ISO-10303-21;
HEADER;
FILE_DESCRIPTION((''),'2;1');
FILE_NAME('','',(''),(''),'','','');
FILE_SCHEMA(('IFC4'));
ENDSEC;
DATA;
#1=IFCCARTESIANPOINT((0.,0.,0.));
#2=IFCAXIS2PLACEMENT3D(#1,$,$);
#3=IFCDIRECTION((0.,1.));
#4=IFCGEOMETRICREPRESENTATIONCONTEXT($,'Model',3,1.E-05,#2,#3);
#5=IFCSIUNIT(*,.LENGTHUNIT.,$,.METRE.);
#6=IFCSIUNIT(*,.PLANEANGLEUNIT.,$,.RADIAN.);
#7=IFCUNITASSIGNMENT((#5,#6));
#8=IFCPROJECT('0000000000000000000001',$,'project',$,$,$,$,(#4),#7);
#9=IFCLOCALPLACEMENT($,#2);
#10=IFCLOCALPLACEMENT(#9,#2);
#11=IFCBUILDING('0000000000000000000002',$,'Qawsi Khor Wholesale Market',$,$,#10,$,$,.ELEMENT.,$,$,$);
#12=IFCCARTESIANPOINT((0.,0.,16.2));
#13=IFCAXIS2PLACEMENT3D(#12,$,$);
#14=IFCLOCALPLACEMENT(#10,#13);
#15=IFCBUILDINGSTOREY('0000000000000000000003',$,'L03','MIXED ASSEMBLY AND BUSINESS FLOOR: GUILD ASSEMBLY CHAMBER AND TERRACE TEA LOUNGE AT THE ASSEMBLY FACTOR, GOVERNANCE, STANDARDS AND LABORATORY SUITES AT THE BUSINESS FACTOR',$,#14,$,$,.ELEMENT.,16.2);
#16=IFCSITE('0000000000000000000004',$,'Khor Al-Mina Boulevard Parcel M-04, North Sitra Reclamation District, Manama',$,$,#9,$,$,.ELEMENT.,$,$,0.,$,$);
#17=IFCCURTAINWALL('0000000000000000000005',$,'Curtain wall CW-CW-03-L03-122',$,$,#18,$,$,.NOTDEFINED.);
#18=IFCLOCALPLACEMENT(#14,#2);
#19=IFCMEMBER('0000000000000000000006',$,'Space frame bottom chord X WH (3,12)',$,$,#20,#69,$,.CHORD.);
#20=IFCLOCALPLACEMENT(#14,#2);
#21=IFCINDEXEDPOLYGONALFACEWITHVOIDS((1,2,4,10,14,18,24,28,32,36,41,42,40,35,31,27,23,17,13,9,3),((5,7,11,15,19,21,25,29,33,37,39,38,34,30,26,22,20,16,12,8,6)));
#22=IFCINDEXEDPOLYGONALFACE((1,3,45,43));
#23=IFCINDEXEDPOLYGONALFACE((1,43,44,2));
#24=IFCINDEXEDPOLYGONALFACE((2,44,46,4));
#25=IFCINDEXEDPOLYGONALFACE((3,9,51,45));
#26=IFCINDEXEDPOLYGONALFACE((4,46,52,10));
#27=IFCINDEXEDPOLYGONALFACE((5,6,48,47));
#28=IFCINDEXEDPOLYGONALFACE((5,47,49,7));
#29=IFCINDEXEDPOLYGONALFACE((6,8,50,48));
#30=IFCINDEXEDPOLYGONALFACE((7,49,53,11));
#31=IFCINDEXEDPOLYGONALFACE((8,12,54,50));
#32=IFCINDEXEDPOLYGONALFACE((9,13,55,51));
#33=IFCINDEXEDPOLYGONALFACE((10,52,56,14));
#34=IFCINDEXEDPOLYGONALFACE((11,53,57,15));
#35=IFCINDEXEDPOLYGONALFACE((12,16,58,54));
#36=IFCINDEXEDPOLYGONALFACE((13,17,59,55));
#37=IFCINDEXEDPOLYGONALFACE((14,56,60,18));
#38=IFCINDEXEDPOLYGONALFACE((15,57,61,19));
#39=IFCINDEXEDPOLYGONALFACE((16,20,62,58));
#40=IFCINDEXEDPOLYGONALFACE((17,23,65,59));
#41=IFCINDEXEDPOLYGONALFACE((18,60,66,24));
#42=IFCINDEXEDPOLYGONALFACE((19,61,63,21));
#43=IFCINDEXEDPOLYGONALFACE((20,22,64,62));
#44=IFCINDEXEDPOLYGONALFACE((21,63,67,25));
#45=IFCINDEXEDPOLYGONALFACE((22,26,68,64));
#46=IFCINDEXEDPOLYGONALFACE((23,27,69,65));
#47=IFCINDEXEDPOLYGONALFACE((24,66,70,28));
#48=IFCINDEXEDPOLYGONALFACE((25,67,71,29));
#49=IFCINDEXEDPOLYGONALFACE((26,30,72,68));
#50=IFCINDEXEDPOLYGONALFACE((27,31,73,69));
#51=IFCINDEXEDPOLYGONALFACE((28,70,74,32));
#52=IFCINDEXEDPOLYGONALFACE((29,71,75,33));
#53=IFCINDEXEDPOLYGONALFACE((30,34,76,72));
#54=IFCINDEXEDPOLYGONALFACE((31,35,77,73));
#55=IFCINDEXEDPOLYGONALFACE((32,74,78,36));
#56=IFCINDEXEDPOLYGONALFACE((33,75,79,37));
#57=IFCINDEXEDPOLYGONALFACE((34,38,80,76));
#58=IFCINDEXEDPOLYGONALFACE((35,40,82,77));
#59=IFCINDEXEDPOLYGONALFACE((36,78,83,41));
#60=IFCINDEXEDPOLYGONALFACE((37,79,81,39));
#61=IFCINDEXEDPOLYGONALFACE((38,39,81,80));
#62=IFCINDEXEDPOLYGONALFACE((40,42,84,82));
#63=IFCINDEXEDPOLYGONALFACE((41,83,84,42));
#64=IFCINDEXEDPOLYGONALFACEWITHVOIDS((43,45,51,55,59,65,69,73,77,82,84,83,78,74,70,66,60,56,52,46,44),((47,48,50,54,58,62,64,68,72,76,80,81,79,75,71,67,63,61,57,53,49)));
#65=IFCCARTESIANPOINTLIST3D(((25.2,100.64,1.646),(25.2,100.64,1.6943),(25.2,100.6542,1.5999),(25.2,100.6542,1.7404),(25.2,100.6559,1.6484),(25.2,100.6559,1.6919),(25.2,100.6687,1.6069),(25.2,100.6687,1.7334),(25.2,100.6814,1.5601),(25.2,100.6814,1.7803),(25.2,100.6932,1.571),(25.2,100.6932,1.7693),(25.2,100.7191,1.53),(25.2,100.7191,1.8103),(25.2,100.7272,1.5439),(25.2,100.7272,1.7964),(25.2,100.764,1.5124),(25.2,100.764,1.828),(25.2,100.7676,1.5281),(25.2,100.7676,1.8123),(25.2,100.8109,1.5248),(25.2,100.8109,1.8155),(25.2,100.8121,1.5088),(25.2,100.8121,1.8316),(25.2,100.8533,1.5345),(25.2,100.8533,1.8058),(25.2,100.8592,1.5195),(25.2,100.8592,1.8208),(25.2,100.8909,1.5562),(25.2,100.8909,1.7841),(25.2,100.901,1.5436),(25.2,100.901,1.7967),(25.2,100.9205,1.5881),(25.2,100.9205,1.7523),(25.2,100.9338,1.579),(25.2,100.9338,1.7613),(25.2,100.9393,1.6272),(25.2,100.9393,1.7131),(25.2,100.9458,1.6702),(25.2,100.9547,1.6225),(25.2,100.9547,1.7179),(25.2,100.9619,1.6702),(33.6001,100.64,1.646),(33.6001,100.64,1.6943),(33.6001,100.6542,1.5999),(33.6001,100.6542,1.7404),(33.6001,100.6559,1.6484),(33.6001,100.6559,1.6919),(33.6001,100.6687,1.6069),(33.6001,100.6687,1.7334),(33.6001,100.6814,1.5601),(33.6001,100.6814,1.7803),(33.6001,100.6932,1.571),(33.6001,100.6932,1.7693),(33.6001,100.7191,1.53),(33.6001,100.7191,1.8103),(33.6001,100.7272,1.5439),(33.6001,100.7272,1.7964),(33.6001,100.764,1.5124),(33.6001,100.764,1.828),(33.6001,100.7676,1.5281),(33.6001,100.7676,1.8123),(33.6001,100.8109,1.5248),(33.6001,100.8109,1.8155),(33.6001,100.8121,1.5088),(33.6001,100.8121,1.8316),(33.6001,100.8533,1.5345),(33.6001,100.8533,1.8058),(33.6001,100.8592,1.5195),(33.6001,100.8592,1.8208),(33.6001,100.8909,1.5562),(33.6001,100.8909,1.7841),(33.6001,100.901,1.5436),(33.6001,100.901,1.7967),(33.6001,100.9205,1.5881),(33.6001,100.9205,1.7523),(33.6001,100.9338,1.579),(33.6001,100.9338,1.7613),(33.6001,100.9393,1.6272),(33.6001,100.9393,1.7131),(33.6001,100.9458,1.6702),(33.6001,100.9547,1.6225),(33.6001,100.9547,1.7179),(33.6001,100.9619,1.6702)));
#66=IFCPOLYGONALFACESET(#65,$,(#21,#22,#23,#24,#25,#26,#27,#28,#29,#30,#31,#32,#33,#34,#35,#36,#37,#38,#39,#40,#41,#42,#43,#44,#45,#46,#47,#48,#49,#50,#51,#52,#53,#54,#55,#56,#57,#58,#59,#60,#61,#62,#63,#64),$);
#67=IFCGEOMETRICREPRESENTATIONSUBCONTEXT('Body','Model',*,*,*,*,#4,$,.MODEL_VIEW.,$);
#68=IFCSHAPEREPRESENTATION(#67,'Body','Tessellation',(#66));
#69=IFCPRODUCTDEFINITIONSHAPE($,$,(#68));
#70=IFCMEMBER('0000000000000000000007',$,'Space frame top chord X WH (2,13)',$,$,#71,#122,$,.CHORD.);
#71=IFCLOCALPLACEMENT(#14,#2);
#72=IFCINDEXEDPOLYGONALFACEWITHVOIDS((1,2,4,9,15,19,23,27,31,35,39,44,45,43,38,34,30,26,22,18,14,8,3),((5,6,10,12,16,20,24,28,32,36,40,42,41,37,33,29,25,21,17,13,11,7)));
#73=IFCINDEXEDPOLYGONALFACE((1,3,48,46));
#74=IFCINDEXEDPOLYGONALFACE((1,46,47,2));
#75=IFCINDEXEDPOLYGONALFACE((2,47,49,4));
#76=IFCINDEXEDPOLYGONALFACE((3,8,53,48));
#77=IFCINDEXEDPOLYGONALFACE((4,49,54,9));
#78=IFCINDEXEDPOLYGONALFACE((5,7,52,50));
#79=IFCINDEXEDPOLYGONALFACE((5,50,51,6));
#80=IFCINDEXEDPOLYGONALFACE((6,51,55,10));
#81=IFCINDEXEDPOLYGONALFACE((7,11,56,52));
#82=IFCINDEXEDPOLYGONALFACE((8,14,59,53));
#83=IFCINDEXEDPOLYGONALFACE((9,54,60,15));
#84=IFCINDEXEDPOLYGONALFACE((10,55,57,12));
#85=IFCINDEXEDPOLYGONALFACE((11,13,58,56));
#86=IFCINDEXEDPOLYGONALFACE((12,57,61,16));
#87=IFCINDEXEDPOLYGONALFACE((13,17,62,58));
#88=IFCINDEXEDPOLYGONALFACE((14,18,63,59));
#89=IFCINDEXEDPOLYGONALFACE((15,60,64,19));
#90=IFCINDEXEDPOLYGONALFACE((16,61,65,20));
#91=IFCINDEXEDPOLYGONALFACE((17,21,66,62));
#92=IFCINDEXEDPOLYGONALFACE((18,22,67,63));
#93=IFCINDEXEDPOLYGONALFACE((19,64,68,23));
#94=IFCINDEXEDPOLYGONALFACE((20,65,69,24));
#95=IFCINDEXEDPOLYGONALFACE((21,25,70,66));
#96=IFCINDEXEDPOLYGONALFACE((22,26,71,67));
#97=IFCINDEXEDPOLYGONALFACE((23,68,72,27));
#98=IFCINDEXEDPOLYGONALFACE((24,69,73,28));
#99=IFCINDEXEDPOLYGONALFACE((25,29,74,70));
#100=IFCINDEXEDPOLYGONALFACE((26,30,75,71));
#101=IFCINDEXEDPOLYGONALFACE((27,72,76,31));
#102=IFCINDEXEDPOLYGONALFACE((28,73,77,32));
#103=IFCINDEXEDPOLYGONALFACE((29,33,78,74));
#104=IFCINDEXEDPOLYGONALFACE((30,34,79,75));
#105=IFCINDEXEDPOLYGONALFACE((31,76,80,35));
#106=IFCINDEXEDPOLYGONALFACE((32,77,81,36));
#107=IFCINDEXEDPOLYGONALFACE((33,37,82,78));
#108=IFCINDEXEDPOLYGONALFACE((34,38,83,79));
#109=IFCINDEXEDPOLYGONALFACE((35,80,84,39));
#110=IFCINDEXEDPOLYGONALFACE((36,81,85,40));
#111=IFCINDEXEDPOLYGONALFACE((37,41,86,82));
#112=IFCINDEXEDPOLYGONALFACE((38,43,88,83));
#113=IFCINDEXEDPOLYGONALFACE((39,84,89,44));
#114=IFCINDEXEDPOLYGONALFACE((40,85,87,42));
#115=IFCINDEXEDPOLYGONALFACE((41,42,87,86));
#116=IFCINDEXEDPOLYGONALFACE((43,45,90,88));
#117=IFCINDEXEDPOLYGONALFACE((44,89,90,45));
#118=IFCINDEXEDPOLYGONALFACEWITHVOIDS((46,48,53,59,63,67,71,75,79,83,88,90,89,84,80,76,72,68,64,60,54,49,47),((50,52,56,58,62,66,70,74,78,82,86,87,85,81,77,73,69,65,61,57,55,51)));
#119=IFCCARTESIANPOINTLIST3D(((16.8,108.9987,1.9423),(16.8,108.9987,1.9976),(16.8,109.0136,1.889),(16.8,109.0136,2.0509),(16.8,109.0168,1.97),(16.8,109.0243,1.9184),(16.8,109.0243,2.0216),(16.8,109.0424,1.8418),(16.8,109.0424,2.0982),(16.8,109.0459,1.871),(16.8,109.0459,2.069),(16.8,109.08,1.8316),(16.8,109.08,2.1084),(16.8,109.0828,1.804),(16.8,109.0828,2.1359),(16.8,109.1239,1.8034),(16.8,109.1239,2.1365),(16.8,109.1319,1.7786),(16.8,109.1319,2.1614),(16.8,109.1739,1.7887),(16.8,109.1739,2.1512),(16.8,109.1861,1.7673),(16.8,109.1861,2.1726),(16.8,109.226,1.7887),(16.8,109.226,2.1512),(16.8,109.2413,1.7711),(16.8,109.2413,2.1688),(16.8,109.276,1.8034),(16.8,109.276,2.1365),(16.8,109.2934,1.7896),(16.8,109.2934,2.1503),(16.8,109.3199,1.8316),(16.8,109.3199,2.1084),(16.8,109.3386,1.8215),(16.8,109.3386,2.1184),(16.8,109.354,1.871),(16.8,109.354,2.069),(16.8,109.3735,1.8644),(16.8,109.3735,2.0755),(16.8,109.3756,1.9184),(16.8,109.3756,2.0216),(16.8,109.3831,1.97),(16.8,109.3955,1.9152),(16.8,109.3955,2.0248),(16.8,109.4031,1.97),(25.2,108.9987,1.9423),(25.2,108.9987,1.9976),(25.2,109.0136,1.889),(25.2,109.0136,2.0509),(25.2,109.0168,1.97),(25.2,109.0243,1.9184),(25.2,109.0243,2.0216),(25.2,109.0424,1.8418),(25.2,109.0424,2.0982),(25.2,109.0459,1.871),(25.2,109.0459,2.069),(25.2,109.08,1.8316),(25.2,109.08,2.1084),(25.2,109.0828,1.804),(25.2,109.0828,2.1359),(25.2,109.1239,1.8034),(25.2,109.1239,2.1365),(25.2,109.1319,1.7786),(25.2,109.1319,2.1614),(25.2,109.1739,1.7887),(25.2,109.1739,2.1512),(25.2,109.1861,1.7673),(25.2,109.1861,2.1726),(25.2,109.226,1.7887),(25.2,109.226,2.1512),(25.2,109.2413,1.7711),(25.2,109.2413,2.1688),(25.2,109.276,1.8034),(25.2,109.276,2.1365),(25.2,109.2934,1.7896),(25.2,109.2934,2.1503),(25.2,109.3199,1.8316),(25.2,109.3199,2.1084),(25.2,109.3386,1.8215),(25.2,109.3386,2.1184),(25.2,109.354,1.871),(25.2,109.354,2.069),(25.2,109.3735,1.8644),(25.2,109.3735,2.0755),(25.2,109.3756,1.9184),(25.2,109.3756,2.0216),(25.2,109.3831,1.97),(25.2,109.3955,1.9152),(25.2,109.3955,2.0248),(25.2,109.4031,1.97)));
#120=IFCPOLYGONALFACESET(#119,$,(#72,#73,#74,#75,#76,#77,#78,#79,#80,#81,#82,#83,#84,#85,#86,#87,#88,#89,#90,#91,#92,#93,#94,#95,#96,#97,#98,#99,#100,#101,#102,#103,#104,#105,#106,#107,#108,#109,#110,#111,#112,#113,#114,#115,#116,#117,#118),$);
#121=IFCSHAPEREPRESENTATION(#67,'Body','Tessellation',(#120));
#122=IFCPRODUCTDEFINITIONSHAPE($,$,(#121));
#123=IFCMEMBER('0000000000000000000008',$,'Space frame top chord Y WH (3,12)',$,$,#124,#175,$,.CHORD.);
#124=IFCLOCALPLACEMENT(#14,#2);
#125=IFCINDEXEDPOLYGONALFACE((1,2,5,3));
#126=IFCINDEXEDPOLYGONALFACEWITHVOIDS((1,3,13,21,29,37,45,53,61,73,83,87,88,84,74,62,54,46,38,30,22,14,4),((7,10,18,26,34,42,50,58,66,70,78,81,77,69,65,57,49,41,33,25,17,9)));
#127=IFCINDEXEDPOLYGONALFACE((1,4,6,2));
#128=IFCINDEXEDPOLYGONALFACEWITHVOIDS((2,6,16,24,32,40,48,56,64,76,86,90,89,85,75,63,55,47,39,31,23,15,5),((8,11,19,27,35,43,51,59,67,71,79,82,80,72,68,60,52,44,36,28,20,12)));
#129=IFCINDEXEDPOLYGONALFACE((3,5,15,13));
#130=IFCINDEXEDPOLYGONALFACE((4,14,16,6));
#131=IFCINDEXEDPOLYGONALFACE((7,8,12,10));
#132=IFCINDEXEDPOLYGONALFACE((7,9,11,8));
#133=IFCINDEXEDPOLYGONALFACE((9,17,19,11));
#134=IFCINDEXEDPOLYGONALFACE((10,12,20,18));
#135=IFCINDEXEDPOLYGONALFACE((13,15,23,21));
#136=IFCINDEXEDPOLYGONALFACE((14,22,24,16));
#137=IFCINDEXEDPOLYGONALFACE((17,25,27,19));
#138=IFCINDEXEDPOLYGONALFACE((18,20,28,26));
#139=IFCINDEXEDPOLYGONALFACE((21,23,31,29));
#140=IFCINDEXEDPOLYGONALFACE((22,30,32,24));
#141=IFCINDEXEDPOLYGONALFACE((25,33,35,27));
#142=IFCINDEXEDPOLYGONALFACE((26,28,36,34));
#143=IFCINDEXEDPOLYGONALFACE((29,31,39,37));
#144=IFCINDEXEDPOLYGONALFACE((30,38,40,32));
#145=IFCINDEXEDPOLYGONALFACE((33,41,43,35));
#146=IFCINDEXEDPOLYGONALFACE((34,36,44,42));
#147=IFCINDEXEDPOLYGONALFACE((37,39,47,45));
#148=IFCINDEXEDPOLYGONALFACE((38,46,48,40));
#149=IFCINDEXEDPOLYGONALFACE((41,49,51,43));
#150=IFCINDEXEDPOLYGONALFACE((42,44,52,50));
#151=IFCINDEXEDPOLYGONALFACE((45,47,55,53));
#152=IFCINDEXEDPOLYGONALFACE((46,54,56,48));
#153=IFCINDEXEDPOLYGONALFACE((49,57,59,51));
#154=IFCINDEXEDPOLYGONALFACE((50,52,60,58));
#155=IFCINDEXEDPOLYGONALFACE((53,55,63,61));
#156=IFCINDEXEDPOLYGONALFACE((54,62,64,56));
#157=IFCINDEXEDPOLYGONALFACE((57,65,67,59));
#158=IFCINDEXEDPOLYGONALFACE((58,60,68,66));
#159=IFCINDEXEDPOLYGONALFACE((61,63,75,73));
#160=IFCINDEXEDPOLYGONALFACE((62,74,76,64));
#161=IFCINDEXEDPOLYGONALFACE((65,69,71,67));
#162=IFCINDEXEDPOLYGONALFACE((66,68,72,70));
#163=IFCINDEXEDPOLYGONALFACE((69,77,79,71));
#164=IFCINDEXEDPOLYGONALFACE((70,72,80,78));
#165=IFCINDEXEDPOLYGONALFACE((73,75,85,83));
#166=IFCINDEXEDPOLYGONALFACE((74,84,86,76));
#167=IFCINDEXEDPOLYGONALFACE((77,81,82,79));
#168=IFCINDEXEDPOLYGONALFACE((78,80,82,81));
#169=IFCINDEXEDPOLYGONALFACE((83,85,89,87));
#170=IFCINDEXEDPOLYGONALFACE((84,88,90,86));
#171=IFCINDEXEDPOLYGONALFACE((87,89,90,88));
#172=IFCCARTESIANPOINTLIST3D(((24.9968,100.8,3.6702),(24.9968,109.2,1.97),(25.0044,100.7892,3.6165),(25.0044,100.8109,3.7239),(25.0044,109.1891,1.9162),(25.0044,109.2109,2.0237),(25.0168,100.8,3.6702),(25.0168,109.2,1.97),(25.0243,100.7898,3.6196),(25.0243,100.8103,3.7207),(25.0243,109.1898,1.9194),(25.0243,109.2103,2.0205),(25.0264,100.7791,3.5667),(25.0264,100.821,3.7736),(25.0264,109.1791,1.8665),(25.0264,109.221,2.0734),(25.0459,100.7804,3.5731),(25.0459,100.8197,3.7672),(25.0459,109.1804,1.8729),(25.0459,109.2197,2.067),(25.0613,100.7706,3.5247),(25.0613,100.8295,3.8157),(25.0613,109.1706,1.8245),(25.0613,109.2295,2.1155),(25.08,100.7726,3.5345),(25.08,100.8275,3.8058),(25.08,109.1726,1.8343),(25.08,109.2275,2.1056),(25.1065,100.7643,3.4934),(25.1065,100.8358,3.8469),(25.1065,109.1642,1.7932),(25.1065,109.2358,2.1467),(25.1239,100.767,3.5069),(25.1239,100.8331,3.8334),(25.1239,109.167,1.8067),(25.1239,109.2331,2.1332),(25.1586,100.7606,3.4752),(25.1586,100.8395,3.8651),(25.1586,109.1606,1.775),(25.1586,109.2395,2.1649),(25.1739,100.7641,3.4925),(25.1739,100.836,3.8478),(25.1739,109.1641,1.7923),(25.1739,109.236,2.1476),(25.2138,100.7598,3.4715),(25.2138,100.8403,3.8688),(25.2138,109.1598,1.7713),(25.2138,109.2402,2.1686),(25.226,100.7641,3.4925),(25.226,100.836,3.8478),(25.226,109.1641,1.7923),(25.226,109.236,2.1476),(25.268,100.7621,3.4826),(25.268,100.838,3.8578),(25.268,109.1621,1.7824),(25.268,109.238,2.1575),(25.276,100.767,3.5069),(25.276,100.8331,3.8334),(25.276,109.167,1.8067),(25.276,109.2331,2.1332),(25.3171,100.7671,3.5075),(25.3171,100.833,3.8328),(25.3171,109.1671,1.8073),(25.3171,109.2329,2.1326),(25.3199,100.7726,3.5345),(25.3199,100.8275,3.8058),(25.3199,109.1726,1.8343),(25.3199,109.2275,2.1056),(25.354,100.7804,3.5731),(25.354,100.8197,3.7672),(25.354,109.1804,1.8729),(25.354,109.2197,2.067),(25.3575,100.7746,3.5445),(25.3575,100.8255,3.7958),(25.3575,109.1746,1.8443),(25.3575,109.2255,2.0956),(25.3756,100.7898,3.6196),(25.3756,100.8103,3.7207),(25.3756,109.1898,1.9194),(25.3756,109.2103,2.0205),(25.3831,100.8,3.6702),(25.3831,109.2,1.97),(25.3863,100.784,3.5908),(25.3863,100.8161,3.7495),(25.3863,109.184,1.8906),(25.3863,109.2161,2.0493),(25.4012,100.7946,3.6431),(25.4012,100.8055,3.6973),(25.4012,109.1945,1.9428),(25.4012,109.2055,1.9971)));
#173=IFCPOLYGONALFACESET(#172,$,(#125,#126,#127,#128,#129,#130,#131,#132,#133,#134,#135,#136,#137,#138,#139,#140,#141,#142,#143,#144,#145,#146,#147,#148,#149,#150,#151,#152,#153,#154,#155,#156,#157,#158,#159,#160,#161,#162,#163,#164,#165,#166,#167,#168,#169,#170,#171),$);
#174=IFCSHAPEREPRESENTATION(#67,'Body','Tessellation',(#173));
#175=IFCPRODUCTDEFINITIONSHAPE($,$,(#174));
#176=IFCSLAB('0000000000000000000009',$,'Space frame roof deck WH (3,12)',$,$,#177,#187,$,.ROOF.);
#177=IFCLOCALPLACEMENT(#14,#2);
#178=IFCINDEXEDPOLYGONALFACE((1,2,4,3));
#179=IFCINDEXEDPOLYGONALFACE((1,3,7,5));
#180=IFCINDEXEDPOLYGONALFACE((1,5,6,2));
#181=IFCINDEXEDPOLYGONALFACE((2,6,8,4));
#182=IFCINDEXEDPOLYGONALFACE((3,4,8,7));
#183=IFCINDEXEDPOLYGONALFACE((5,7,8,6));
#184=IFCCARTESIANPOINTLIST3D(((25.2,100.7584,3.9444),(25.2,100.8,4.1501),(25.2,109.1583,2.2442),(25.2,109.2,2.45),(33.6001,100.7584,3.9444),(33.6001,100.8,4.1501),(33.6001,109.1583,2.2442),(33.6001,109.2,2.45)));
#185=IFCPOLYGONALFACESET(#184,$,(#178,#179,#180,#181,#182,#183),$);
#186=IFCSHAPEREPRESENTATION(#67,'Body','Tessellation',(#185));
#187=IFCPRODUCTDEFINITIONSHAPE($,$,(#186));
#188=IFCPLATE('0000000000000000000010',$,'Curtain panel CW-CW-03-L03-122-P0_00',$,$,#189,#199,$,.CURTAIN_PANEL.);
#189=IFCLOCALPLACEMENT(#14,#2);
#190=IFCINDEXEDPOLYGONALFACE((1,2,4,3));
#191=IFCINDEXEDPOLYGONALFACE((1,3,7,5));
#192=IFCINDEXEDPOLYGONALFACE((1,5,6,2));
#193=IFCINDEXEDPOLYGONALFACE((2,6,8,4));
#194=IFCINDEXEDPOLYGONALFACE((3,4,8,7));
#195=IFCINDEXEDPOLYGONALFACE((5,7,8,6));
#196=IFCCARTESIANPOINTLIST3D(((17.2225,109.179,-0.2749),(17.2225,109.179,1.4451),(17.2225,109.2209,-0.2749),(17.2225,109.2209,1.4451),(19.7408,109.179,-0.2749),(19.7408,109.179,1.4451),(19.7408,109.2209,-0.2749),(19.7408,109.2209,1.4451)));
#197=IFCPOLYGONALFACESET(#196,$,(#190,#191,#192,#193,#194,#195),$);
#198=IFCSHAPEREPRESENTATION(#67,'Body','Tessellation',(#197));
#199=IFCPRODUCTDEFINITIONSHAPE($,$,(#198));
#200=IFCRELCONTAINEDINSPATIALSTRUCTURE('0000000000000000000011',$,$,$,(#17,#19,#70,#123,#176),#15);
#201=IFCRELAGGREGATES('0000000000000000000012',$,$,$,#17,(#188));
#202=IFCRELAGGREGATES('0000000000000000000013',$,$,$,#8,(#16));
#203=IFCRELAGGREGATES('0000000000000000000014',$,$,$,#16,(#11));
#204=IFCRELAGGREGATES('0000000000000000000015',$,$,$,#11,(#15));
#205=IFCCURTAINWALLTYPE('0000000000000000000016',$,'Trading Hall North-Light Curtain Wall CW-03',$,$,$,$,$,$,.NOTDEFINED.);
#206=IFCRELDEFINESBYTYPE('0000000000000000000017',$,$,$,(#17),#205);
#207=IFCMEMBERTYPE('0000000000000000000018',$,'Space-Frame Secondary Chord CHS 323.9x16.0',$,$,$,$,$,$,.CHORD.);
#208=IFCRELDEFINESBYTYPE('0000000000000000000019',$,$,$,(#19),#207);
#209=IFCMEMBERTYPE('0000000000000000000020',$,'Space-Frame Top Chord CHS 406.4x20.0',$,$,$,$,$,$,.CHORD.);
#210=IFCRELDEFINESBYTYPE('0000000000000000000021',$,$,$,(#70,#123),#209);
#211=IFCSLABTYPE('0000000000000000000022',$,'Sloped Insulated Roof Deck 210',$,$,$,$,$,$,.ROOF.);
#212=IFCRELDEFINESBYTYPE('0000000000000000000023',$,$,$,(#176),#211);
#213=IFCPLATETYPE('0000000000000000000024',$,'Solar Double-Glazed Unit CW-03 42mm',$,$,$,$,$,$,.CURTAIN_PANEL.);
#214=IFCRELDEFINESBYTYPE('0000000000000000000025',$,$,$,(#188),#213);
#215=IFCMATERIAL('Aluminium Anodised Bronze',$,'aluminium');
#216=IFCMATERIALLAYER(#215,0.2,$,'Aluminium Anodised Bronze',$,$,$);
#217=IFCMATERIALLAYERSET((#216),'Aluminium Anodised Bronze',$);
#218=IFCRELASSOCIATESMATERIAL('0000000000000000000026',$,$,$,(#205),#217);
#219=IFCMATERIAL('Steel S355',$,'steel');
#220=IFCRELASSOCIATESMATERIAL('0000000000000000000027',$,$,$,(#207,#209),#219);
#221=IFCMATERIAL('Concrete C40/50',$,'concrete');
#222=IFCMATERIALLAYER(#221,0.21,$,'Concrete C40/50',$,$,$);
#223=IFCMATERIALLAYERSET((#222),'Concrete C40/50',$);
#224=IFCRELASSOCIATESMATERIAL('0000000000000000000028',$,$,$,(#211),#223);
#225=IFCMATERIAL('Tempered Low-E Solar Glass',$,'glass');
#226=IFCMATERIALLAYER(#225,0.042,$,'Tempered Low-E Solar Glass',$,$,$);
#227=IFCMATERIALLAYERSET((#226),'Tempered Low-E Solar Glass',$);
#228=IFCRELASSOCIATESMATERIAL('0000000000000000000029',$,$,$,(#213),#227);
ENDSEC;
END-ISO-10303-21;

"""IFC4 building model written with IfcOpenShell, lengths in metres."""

from ifc_helpers import new_model, si_unit, direction, frame, frame_2d, origin, origin_2d, place, context, subcontext, project, spatial, polyline, rectangle, hollow_circle, outline, extrude, material, layer, layer_set, material_profile, profile_set, type_object, element, aggregate, save


model = new_model("IFC4")

# Units and contexts
model_context = context("Model", 3, precision=1e-05, world=origin(), true_north=direction((0.0, 1.0)))
body_context = subcontext(model_context, "Body", "Model", "MODEL_VIEW")
ifc_project = project(units=[si_unit("LENGTHUNIT", "METRE"), si_unit("PLANEANGLEUNIT", "RADIAN")], contexts=[model_context])

# Site, building, storey
site_placement = place(None, origin())
site = spatial("IfcSite", under=ifc_project, at=site_placement, Name="Khor Al-Mina Boulevard Parcel M-04, North Sitra Reclamation District, Manama", CompositionType="ELEMENT", RefElevation=0.0)
building_placement = place(site_placement, origin())
building = spatial("IfcBuilding", under=site, at=building_placement, Name="Qawsi Khor Wholesale Market", CompositionType="ELEMENT")
storey_placement = place(building_placement, frame((0.0, 0.0, 16.2)))
storey = spatial("IfcBuildingStorey", under=building, at=storey_placement, Name="L03", Description="MIXED ASSEMBLY AND BUSINESS FLOOR: GUILD ASSEMBLY CHAMBER AND TERRACE TEA LOUNGE AT THE ASSEMBLY FACTOR, GOVERNANCE, STANDARDS AND LABORATORY SUITES AT THE BUSINESS FACTOR", CompositionType="ELEMENT", Elevation=16.2)

# Curtain wall
ifc_material_1 = material(Name="Aluminium Anodised Bronze", Category="aluminium")
ifc_layer_1 = layer(ifc_material_1, 0.2, Name="Aluminium Anodised Bronze")
ifc_layer_set_1 = layer_set([ifc_layer_1], Name="Aluminium Anodised Bronze")
curtain_wall_type = type_object("IfcCurtainWallType", Name="Trading Hall North-Light Curtain Wall CW-03", PredefinedType="NOTDEFINED", material=ifc_layer_set_1)
curtain_wall_placement = place(storey_placement, origin())
curtain_wall = element("IfcCurtainWall", 1, at=curtain_wall_placement, inside=storey, type_object=curtain_wall_type, Name="Curtain wall CW-CW-03-L03-122", PredefinedType="NOTDEFINED")

# Members
ifc_material_2 = material(Name="Steel S355", Category="steel")
ifc_material_profile_1 = material_profile(ifc_material_2, hollow_circle(Radius=0.1619, WallThickness=0.0161, at=origin_2d()), Name="CHS 323.9x16.0")
ifc_profile_set_1 = profile_set([ifc_material_profile_1], Name="Steel S355")
member_type_1 = type_object("IfcMemberType", Name="Space-Frame Secondary Chord CHS 323.9x16.0", PredefinedType="CHORD", material=ifc_profile_set_1)
member_1_placement = place(storey_placement, frame((25.2, 100.8, 1.6702), z_axis=(1.0, 0.0, 0.0), x_axis=(0.0, 1.0, 0.0)))
element("IfcMember", 2, at=member_1_placement, inside=storey, type_object=member_type_1, Name="Space frame bottom chord X WH (3,12)", PredefinedType="CHORD", context=body_context, shape_type="SweptSolid", body=[
    extrude(hollow_circle(Radius=0.1619, WallThickness=0.0161, at=origin_2d()), origin(), (0.0, 0.0, 1.0), 8.4001),
])
ifc_material_profile_2 = material_profile(ifc_material_2, hollow_circle(Radius=0.2031, WallThickness=0.02, at=origin_2d()), Name="CHS 406.4x20.0")
ifc_profile_set_2 = profile_set([ifc_material_profile_2], Name="Steel S355")
member_type_2 = type_object("IfcMemberType", Name="Space-Frame Top Chord CHS 406.4x20.0", PredefinedType="CHORD", material=ifc_profile_set_2)
member_2_placement = place(storey_placement, frame((16.8, 109.2, 1.97), z_axis=(1.0, 0.0, 0.0), x_axis=(0.0, 1.0, 0.0)))
element("IfcMember", 3, at=member_2_placement, inside=storey, type_object=member_type_2, Name="Space frame top chord X WH (2,13)", PredefinedType="CHORD", context=body_context, shape_type="SweptSolid", body=[
    extrude(hollow_circle(Radius=0.2031, WallThickness=0.02, at=origin_2d()), origin(), (0.0, 0.0, 1.0), 8.3999),
])
member_3_placement = place(storey_placement, frame((25.2, 100.8, 3.6702), z_axis=(0.0, 0.980124, -0.198384), x_axis=(-1.0, 0.0, 0.0)))
element("IfcMember", 4, at=member_3_placement, inside=storey, type_object=member_type_2, Name="Space frame top chord Y WH (3,12)", PredefinedType="CHORD", context=body_context, shape_type="SweptSolid", body=[
    extrude(hollow_circle(Radius=0.2031, WallThickness=0.02, at=origin_2d()), origin(), (0.0, 0.0, 1.0), 8.5703),
])

# Slab
ifc_material_3 = material(Name="Concrete C40/50", Category="concrete")
ifc_layer_2 = layer(ifc_material_3, 0.21, Name="Concrete C40/50")
ifc_layer_set_2 = layer_set([ifc_layer_2], Name="Concrete C40/50")
slab_type = type_object("IfcSlabType", Name="Sloped Insulated Roof Deck 210", PredefinedType="ROOF", material=ifc_layer_set_2)
slab_placement = place(storey_placement, frame((25.2, 100.8, 4.1501), z_axis=(0.0, 0.198384, 0.980124), x_axis=(1.0, 0.0, 0.0)))
element("IfcSlab", 5, at=slab_placement, inside=storey, type_object=slab_type, Name="Space frame roof deck WH (3,12)", PredefinedType="ROOF", context=body_context, shape_type="SweptSolid", body=[
    extrude(outline(polyline([(0.0, 0.0), (8.4001, 0.0), (8.4001, 8.5702), (0.0, 8.5702), (0.0, 0.0)])), origin(), (0.0, 0.0, -1.0), 0.21),
])

# Plate
ifc_material_4 = material(Name="Tempered Low-E Solar Glass", Category="glass")
ifc_layer_3 = layer(ifc_material_4, 0.042, Name="Tempered Low-E Solar Glass")
ifc_layer_set_3 = layer_set([ifc_layer_3], Name="Tempered Low-E Solar Glass")
plate_type = type_object("IfcPlateType", Name="Solar Double-Glazed Unit CW-03 42mm", PredefinedType="CURTAIN_PANEL", material=ifc_layer_set_3)
plate_1_placement = place(storey_placement, frame((17.2224, 109.2, -0.2749), z_axis=(0.0, 0.0, 1.0), x_axis=(1.0, 0.0, 0.0)))
plate_1 = element("IfcPlate", 6, at=plate_1_placement, type_object=plate_type, Name="Curtain panel CW-CW-03-L03-122-P0_00", PredefinedType="CURTAIN_PANEL", context=body_context, shape_type="SweptSolid", body=[
    extrude(rectangle(XDim=2.5183, YDim=0.042, at=frame_2d((1.2593, 0.0))), origin(), (0.0, 0.0, 1.0), 1.72),
])
aggregate(curtain_wall, [plate_1])

save(model, "model.ifc")
